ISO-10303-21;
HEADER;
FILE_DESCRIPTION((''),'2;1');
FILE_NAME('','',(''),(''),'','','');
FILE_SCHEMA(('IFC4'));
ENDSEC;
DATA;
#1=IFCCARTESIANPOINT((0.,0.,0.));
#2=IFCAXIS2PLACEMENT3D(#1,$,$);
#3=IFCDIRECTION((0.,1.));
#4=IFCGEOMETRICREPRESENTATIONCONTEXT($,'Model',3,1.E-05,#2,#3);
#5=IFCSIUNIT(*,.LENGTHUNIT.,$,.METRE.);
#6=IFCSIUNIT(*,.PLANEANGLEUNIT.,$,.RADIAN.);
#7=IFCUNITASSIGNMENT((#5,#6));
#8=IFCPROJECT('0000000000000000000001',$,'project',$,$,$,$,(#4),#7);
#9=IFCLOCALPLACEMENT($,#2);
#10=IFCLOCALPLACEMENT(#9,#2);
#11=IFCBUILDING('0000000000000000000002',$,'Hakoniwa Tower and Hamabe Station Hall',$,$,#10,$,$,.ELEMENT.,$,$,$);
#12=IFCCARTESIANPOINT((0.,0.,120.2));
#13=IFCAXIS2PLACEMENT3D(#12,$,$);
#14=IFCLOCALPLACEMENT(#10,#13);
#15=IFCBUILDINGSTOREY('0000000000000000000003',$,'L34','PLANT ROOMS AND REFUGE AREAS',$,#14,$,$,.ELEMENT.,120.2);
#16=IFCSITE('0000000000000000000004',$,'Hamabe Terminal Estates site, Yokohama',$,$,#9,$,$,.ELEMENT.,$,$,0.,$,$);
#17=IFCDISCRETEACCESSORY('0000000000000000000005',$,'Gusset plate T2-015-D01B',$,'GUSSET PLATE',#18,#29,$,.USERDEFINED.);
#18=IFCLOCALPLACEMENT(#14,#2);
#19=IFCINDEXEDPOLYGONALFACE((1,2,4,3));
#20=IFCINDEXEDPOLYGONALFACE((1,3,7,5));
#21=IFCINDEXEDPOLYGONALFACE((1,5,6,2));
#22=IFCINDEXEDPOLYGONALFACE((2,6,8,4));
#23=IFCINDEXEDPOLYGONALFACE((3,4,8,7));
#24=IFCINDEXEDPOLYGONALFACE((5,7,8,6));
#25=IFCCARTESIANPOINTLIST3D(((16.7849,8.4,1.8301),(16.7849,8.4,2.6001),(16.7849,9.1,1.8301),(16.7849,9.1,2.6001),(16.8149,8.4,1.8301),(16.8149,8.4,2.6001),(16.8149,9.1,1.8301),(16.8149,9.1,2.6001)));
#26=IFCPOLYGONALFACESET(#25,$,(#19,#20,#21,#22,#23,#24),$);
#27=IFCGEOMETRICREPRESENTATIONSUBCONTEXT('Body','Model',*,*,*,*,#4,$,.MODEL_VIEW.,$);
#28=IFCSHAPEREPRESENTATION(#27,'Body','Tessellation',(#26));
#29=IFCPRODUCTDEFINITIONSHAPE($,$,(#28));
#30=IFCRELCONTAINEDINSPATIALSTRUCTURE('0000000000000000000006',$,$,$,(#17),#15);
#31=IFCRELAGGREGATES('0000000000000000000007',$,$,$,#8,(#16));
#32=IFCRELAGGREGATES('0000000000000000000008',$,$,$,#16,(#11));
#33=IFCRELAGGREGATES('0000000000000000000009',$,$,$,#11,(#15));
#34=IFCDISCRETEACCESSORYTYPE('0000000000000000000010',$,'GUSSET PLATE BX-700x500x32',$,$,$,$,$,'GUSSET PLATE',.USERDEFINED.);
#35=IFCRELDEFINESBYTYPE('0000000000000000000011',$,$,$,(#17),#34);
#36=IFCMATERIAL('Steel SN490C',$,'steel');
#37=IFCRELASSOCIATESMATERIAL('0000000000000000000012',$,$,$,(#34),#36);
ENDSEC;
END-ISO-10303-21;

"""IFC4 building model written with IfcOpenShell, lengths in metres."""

from ifc_helpers import new_model, si_unit, direction, frame, origin, origin_2d, place, context, subcontext, project, spatial, rectangle, extrude, material, material_profile, profile_set, type_object, element, save


model = new_model("IFC4")

# Units and contexts
model_context = context("Model", 3, precision=1e-05, world=origin(), true_north=direction((0.0, 1.0)))
body_context = subcontext(model_context, "Body", "Model", "MODEL_VIEW")
ifc_project = project(units=[si_unit("LENGTHUNIT", "METRE"), si_unit("PLANEANGLEUNIT", "RADIAN")], contexts=[model_context])

# Site, building, storey
site_placement = place(None, origin())
site = spatial("IfcSite", under=ifc_project, at=site_placement, Name="Hamabe Terminal Estates site, Yokohama", CompositionType="ELEMENT", RefElevation=0.0)
building_placement = place(site_placement, origin())
building = spatial("IfcBuilding", under=site, at=building_placement, Name="Hakoniwa Tower and Hamabe Station Hall", CompositionType="ELEMENT")
storey_placement = place(building_placement, frame((0.0, 0.0, 120.2)))
storey = spatial("IfcBuildingStorey", under=building, at=storey_placement, Name="L34", Description="PLANT ROOMS AND REFUGE AREAS", CompositionType="ELEMENT", Elevation=120.2)

# Discrete accessory
ifc_material_1 = material(Name="Steel SN490C", Category="steel")
ifc_material_profile_1 = material_profile(ifc_material_1, rectangle(XDim=0.7, YDim=0.77, at=origin_2d()), Name="GUSSET PLATE BX-700x500x32")
ifc_profile_set_1 = profile_set([ifc_material_profile_1], Name="Steel SN490C")
discrete_accessory_type_1 = type_object("IfcDiscreteAccessoryType", Name="GUSSET PLATE BX-700x500x32", ElementType="GUSSET PLATE", PredefinedType="USERDEFINED", material=ifc_profile_set_1)
for number, where, z_axis, x_axis, name in (
    (1, (16.8149, 8.75, 2.2151), (-1.0, 0.0, 0.0), (0.0, -1.0, 0.0), "Gusset plate T2-015-D01B"),
):
    element("IfcDiscreteAccessory", number, at=place(storey_placement, frame(where, z_axis=z_axis, x_axis=x_axis)), inside=storey, type_object=discrete_accessory_type_1, Name=name, ObjectType="GUSSET PLATE", PredefinedType="USERDEFINED", context=body_context, shape_type="SweptSolid", body=[
        extrude(rectangle(XDim=0.7, YDim=0.77, at=origin_2d()), origin(), (0.0, 0.0, 1.0), 0.03),
    ])

save(model, "model.ifc")
